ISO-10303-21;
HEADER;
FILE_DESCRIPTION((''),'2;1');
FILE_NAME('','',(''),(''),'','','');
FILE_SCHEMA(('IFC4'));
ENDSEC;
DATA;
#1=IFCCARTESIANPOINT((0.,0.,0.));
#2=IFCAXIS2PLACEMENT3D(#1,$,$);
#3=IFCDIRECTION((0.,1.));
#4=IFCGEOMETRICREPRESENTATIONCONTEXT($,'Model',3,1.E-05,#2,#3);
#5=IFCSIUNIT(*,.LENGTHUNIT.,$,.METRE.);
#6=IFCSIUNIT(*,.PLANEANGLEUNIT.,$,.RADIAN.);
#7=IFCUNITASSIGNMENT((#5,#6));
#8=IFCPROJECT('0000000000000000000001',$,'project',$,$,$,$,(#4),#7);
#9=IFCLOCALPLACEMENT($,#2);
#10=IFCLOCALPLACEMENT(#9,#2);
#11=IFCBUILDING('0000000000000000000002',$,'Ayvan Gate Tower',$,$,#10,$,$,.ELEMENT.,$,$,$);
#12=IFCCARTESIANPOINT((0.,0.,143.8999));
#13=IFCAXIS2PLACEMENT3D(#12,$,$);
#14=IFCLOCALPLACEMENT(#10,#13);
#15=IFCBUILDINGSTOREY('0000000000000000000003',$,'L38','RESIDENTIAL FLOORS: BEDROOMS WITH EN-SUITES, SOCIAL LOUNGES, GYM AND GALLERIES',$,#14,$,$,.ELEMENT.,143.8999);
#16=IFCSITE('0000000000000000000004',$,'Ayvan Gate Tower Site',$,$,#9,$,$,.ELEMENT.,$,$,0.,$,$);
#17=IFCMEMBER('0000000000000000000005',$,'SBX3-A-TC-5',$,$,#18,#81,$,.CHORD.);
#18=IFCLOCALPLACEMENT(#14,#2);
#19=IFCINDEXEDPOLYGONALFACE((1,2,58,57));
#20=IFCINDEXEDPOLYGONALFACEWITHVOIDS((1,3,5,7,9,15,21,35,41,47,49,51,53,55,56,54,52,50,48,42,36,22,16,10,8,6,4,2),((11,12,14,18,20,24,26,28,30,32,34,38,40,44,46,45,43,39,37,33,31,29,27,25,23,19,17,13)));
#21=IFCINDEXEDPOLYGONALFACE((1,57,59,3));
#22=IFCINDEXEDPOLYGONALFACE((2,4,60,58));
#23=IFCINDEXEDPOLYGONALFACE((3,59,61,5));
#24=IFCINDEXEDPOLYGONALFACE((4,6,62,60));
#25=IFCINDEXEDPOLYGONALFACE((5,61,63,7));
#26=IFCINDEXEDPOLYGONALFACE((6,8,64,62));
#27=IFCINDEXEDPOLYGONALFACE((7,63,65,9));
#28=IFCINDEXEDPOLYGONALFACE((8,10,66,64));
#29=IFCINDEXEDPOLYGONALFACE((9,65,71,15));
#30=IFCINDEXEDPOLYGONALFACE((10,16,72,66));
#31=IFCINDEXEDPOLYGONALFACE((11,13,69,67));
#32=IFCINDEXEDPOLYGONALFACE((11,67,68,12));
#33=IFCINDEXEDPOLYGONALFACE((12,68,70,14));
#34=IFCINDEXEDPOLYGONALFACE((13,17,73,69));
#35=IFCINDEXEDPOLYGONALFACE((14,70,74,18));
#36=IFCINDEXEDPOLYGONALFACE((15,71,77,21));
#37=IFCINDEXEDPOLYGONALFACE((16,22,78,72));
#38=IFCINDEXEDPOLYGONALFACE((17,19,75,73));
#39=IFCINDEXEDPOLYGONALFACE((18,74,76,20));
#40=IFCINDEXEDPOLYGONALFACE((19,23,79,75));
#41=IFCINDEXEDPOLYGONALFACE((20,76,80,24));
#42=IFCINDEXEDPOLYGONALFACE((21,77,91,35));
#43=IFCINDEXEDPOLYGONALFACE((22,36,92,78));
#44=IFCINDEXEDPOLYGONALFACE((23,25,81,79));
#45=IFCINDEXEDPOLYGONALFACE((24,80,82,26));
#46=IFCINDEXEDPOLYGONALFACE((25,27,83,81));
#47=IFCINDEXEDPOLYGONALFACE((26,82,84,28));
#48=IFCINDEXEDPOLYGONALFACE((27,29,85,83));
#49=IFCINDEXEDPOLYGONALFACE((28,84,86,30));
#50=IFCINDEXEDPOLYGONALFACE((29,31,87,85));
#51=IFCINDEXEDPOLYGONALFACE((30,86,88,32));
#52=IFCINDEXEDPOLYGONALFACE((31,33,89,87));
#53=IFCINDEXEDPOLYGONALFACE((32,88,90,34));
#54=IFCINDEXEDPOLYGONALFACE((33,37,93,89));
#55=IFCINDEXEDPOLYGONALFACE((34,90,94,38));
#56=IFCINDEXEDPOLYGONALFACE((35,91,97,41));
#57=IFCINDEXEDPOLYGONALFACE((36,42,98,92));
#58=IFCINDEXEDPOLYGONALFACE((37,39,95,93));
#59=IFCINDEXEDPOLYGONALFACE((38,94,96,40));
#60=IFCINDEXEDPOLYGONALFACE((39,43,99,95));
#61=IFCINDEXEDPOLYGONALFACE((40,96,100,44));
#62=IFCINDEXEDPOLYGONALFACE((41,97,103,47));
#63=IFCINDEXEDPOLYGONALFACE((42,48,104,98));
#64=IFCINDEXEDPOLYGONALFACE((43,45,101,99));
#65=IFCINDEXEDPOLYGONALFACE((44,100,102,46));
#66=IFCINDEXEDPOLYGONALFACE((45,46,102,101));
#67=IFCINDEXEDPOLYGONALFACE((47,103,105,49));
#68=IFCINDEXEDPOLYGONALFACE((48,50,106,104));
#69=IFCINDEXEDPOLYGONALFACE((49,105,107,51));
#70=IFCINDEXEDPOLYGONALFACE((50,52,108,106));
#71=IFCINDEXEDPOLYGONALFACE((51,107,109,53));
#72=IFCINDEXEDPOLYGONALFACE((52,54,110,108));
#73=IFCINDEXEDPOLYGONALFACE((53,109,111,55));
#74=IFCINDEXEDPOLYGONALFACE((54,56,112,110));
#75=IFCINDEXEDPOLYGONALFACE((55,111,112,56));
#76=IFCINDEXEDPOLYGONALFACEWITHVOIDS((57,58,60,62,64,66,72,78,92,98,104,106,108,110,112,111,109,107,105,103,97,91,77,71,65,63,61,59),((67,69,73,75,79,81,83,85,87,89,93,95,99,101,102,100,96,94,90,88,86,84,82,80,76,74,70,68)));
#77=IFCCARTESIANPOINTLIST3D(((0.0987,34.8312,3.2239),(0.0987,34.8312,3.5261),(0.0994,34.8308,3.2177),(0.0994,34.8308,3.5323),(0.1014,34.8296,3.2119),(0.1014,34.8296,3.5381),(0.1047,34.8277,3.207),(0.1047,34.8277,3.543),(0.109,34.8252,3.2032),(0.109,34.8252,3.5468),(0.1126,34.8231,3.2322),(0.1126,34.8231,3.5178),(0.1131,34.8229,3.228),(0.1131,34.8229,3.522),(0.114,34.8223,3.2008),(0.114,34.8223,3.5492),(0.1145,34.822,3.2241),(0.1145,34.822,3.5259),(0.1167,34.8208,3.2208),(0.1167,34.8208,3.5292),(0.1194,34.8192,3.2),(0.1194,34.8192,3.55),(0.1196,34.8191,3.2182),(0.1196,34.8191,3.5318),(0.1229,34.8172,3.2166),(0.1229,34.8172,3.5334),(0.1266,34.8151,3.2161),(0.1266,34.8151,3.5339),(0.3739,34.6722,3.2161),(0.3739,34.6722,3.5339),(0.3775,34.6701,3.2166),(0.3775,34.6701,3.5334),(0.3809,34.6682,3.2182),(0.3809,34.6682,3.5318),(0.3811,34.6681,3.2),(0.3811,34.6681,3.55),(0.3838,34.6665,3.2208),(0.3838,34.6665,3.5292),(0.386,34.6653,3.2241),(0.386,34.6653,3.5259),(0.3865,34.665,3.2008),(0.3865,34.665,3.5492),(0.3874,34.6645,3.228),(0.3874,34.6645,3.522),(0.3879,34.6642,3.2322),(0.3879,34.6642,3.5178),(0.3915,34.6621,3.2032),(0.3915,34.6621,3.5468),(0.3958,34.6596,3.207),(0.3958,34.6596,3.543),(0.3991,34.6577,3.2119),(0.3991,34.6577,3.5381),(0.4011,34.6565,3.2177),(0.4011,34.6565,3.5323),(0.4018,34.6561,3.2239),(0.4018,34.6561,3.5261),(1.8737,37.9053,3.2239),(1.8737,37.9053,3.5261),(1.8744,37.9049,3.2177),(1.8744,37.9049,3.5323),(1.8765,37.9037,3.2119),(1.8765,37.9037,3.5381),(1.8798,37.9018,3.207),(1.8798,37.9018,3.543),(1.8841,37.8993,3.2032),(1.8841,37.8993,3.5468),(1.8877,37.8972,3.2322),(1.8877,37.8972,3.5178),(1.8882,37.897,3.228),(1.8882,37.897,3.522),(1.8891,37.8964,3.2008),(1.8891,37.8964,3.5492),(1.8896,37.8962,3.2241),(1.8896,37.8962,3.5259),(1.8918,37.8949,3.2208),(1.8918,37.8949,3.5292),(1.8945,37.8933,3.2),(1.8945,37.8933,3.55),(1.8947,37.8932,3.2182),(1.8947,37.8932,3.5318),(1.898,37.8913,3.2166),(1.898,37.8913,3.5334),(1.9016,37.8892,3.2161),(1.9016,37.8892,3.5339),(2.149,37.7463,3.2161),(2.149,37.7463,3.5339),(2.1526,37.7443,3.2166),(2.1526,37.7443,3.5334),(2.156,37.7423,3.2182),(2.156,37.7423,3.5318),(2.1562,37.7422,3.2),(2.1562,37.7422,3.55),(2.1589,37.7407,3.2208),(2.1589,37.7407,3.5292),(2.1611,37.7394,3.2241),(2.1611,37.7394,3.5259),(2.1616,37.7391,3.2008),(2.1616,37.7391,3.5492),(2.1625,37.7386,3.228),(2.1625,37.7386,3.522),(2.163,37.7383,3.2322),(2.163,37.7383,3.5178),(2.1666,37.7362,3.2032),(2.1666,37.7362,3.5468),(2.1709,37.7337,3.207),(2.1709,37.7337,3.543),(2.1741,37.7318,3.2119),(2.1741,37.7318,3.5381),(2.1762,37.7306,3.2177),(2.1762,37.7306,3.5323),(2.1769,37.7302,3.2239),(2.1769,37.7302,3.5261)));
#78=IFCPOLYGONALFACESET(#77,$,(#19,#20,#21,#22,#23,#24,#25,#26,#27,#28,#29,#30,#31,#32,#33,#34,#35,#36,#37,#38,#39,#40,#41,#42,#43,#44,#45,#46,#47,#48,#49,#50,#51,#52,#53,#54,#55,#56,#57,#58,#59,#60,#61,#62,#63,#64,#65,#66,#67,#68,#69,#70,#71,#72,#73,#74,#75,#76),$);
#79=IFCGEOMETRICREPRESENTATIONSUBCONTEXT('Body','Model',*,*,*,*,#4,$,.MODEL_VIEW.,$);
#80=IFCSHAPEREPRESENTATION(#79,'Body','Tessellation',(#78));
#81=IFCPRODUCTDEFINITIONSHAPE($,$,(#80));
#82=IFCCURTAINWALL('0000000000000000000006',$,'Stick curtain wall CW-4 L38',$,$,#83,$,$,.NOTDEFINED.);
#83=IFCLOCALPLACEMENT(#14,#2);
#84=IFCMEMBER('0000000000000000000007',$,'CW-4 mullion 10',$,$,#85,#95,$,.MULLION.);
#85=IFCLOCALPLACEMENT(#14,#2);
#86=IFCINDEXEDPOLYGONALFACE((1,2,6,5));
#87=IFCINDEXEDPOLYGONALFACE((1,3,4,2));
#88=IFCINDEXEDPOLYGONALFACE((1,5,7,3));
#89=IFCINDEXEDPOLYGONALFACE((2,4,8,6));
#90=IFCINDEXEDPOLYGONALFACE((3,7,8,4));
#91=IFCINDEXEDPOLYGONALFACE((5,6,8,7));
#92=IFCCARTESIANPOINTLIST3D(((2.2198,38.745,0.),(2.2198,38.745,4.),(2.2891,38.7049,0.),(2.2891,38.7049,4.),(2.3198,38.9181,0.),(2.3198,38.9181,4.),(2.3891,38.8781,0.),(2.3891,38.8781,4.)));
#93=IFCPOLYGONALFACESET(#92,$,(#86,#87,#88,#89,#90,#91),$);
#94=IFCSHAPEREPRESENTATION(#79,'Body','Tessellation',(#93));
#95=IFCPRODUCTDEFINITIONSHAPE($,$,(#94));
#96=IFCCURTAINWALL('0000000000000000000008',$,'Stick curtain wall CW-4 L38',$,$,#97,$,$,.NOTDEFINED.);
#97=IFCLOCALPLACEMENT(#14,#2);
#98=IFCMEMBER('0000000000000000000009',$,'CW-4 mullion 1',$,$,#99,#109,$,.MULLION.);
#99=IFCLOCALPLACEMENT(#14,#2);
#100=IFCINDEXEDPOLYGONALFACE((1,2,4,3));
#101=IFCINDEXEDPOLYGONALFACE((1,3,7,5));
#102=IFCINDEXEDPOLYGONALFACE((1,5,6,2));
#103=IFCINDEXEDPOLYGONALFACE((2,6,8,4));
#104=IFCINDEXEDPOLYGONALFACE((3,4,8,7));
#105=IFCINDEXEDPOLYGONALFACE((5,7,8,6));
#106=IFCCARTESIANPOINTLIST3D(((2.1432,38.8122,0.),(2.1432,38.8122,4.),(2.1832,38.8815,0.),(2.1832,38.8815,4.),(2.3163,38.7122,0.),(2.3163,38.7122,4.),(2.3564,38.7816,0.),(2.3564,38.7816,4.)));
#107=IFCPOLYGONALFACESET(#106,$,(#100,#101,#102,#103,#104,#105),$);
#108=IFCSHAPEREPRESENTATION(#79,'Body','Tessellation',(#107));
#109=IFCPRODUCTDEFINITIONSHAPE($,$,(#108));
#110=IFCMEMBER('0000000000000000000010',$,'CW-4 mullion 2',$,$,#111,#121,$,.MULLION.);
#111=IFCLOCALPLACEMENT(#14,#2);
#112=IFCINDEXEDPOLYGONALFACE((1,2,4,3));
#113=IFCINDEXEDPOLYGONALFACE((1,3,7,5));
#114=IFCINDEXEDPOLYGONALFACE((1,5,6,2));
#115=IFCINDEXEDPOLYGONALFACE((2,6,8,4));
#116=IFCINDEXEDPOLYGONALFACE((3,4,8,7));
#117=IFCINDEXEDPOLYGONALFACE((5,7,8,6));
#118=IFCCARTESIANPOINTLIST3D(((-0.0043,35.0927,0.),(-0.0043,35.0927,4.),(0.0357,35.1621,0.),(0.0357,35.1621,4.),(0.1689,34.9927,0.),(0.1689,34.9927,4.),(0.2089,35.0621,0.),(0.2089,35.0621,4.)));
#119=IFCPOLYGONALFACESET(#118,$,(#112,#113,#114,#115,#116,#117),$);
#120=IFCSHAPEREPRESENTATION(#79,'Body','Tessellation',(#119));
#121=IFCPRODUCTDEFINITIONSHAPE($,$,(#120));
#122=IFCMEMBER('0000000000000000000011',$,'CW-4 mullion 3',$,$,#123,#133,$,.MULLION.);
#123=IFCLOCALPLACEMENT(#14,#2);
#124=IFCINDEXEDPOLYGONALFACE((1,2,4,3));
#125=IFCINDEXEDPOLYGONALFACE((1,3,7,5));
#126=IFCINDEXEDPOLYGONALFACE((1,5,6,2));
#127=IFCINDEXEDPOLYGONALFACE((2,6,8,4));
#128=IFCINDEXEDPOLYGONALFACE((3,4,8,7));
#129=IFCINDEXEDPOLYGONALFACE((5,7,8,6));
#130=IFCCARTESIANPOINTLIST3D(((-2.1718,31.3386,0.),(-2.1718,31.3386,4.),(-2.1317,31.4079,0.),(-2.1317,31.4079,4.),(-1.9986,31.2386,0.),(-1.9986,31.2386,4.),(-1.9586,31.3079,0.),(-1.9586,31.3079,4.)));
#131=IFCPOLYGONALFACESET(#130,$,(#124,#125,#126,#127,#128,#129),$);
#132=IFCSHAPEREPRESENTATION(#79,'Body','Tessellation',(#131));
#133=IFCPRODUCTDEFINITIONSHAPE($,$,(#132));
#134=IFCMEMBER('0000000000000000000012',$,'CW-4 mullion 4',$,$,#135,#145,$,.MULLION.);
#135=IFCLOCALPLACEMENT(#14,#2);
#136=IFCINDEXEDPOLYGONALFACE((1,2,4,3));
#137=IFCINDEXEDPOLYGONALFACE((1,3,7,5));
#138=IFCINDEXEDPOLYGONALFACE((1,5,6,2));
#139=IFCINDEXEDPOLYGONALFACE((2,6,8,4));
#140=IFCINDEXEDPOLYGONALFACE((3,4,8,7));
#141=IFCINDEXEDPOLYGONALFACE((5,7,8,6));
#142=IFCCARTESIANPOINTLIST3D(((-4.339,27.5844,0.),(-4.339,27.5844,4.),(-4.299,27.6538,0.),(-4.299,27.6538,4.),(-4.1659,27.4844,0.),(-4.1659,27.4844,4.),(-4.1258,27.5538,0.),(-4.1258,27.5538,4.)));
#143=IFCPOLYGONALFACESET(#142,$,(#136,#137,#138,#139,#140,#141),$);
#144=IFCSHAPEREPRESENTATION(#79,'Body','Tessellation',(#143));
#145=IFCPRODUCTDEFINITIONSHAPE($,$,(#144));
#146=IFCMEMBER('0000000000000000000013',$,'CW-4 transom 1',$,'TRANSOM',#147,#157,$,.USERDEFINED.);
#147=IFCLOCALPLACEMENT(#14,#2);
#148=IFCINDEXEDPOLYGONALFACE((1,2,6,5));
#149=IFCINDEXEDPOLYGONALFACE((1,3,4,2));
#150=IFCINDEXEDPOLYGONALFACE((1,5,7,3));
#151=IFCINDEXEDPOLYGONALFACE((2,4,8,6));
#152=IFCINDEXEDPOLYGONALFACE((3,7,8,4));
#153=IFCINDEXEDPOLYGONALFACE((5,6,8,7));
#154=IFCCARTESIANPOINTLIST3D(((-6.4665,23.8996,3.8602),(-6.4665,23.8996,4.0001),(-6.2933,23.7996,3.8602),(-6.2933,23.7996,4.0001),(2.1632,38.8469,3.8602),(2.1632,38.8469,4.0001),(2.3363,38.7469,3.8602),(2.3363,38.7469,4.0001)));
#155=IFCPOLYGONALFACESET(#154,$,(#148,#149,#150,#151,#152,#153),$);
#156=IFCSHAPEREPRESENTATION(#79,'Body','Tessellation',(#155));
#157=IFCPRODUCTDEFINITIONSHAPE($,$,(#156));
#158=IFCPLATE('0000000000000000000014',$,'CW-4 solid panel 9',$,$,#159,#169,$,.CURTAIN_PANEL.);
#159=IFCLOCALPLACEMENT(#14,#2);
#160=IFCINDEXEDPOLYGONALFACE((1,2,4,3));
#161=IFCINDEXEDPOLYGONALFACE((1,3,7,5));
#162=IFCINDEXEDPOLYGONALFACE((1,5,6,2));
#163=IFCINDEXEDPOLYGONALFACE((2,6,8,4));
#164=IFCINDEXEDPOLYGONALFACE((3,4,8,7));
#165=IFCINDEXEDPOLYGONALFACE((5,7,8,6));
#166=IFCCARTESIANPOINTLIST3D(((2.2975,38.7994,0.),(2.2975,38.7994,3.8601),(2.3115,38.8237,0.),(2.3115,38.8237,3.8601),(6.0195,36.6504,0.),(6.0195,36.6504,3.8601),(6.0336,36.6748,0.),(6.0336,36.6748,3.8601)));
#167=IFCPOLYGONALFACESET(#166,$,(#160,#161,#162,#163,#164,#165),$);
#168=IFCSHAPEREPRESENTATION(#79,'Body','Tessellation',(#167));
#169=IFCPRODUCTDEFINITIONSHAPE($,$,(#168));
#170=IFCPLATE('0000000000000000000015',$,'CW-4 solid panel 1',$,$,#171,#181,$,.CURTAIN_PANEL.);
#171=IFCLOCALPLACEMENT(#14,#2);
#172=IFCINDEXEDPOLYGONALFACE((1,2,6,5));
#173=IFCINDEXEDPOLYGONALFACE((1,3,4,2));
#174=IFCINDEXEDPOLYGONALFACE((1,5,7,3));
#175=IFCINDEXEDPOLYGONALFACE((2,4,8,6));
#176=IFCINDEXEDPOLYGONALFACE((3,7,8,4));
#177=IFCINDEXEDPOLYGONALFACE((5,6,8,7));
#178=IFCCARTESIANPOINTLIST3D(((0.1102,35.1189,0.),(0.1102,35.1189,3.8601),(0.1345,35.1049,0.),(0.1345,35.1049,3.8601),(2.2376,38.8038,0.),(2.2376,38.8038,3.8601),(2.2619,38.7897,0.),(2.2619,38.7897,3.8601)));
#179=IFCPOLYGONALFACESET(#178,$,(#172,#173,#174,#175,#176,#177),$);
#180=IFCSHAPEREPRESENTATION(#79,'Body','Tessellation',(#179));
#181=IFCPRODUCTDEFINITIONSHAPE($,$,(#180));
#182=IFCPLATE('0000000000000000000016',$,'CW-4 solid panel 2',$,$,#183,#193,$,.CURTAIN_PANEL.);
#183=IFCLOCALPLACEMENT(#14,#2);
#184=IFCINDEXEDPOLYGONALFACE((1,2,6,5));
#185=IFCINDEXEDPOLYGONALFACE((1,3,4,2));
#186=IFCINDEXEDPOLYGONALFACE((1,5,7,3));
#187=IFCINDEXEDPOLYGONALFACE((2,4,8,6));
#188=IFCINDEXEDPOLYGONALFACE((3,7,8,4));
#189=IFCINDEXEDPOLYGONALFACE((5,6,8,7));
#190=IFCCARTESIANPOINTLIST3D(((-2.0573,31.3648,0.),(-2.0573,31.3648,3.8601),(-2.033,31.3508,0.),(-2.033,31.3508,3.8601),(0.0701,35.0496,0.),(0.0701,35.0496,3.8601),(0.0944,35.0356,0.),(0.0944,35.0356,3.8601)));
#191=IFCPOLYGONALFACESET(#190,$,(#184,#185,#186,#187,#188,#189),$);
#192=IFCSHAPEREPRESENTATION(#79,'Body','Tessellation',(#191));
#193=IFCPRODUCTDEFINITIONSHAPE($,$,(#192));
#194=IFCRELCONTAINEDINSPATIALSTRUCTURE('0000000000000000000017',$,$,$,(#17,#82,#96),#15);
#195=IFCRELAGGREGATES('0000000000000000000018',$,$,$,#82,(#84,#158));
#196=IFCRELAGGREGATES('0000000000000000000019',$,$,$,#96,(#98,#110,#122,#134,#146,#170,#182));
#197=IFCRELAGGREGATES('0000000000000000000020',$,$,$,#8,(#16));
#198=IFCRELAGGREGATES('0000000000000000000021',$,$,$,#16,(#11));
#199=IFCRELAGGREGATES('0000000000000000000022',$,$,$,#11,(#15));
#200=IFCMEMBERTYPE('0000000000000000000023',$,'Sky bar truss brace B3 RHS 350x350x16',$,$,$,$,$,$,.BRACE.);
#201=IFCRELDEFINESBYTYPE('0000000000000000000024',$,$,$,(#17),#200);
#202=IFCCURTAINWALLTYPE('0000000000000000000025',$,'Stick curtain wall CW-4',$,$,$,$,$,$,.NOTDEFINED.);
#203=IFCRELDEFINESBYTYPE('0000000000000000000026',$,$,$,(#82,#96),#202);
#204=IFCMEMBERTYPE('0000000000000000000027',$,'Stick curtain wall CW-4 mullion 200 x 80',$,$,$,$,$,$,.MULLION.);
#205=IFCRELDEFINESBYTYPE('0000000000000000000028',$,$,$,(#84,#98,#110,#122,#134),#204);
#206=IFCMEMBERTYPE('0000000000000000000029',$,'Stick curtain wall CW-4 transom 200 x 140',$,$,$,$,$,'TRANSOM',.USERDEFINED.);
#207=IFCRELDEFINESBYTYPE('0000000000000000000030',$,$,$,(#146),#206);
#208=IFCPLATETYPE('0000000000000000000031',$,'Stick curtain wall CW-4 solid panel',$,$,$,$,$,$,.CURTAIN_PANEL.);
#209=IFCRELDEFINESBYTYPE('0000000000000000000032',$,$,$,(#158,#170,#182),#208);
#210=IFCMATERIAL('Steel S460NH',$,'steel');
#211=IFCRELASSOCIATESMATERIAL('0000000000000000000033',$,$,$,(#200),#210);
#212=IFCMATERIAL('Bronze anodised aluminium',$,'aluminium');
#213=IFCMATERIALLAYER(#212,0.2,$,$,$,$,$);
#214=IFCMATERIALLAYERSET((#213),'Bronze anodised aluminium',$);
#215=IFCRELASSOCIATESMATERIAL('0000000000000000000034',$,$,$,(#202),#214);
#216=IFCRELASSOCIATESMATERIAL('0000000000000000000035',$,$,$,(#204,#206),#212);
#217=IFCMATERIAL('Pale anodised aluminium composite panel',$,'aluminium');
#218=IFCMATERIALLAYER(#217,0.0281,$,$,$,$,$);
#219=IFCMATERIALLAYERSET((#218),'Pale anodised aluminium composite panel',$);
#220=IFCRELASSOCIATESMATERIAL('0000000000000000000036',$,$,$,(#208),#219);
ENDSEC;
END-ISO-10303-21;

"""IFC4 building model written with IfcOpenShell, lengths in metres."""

from ifc_helpers import new_model, si_unit, direction, frame, origin, origin_2d, place, context, subcontext, project, spatial, rectangle, hollow_rectangle, extrude, material, layer, layer_set, material_profile, profile_set, type_object, element, aggregate, save


model = new_model("IFC4")

# Units and contexts
model_context = context("Model", 3, precision=1e-05, world=origin(), true_north=direction((0.0, 1.0)))
body_context = subcontext(model_context, "Body", "Model", "MODEL_VIEW")
ifc_project = project(units=[si_unit("LENGTHUNIT", "METRE"), si_unit("PLANEANGLEUNIT", "RADIAN")], contexts=[model_context])

# Site, building, storey
site_placement = place(None, origin())
site = spatial("IfcSite", under=ifc_project, at=site_placement, Name="Ayvan Gate Tower Site", CompositionType="ELEMENT", RefElevation=0.0)
building_placement = place(site_placement, origin())
building = spatial("IfcBuilding", under=site, at=building_placement, Name="Ayvan Gate Tower", CompositionType="ELEMENT")
storey_placement = place(building_placement, frame((0.0, 0.0, 143.8999)))
storey = spatial("IfcBuildingStorey", under=building, at=storey_placement, Name="L38", Description="RESIDENTIAL FLOORS: BEDROOMS WITH EN-SUITES, SOCIAL LOUNGES, GYM AND GALLERIES", CompositionType="ELEMENT", Elevation=143.8999)

# Member
ifc_material_1 = material(Name="Steel S460NH", Category="steel")
ifc_material_profile_1 = material_profile(ifc_material_1, hollow_rectangle(XDim=0.3501, YDim=0.3501, WallThickness=0.0161, InnerFilletRadius=0.0161, OuterFilletRadius=0.0239, at=origin_2d()), Name="RHS 350x350x16")
ifc_profile_set_1 = profile_set([ifc_material_profile_1], Name="Steel S460NH")
member_type_1 = type_object("IfcMemberType", Name="Sky bar truss brace B3 RHS 350x350x16", PredefinedType="BRACE", material=ifc_profile_set_1)
member_1_placement = place(storey_placement, frame((0.2502, 34.7437, 3.375), z_axis=(0.500052, 0.865995, 0.0), x_axis=(-0.865995, 0.500052, 0.0)))
element("IfcMember", 1, at=member_1_placement, inside=storey, type_object=member_type_1, Name="SBX3-A-TC-5", PredefinedType="CHORD", context=body_context, shape_type="SweptSolid", body=[
    extrude(hollow_rectangle(XDim=0.3501, YDim=0.3501, WallThickness=0.0161, InnerFilletRadius=0.0161, OuterFilletRadius=0.0239, at=origin_2d()), origin(), (0.0, 0.0, 1.0), 3.5498),
])

# Curtain wall, member
ifc_material_2 = material(Name="Bronze anodised aluminium", Category="aluminium")
ifc_layer_1 = layer(ifc_material_2, 0.2)
ifc_layer_set_1 = layer_set([ifc_layer_1], Name="Bronze anodised aluminium")
curtain_wall_type = type_object("IfcCurtainWallType", Name="Stick curtain wall CW-4", PredefinedType="NOTDEFINED", material=ifc_layer_set_1)
curtain_wall_1_placement = place(storey_placement, origin())
curtain_wall_1 = element("IfcCurtainWall", 2, at=curtain_wall_1_placement, inside=storey, type_object=curtain_wall_type, Name="Stick curtain wall CW-4 L38", PredefinedType="NOTDEFINED")
ifc_material_profile_2 = material_profile(ifc_material_2, rectangle(XDim=0.2, YDim=0.0801, at=origin_2d()), Name="Stick curtain wall CW-4 mullion 200 x 80")
ifc_profile_set_2 = profile_set([ifc_material_profile_2], Name="Bronze anodised aluminium")
member_type_2 = type_object("IfcMemberType", Name="Stick curtain wall CW-4 mullion 200 x 80", PredefinedType="MULLION", material=ifc_profile_set_2)
member_2_placement = place(storey_placement, frame((2.3044, 38.8115, 0.0), z_axis=(0.0, 0.0, 1.0), x_axis=(0.5, 0.866025, 0.0)))
member_2 = element("IfcMember", 3, at=member_2_placement, type_object=member_type_2, Name="CW-4 mullion 10", PredefinedType="MULLION", context=body_context, shape_type="SweptSolid", body=[
    extrude(rectangle(XDim=0.2, YDim=0.0801, at=origin_2d()), origin(), (0.0, 0.0, 1.0), 4.0),
])

# Curtain wall, members
curtain_wall_2_placement = place(storey_placement, origin())
curtain_wall_2 = element("IfcCurtainWall", 4, at=curtain_wall_2_placement, inside=storey, type_object=curtain_wall_type, Name="Stick curtain wall CW-4 L38", PredefinedType="NOTDEFINED")
member_3_placement = place(storey_placement, frame((2.2498, 38.7969, 0.0), z_axis=(0.0, 0.0, 1.0), x_axis=(-0.866025, 0.5, 0.0)))
member_3 = element("IfcMember", 5, at=member_3_placement, type_object=member_type_2, Name="CW-4 mullion 1", PredefinedType="MULLION", context=body_context, shape_type="SweptSolid", body=[
    extrude(rectangle(XDim=0.2, YDim=0.0801, at=origin_2d()), origin(), (0.0, 0.0, 1.0), 4.0),
])
member_4_placement = place(storey_placement, frame((0.1023, 35.0774, 0.0), z_axis=(0.0, 0.0, 1.0), x_axis=(-0.866025, 0.5, 0.0)))
member_4 = element("IfcMember", 6, at=member_4_placement, type_object=member_type_2, Name="CW-4 mullion 2", PredefinedType="MULLION", context=body_context, shape_type="SweptSolid", body=[
    extrude(rectangle(XDim=0.2, YDim=0.0801, at=origin_2d()), origin(), (0.0, 0.0, 1.0), 4.0),
])
member_5_placement = place(storey_placement, frame((-2.0652, 31.3232, 0.0), z_axis=(0.0, 0.0, 1.0), x_axis=(-0.866025, 0.5, 0.0)))
member_5 = element("IfcMember", 7, at=member_5_placement, type_object=member_type_2, Name="CW-4 mullion 3", PredefinedType="MULLION", context=body_context, shape_type="SweptSolid", body=[
    extrude(rectangle(XDim=0.2, YDim=0.0801, at=origin_2d()), origin(), (0.0, 0.0, 1.0), 4.0),
])
member_6_placement = place(storey_placement, frame((-4.2324, 27.5691, 0.0), z_axis=(0.0, 0.0, 1.0), x_axis=(-0.866025, 0.5, 0.0)))
member_6 = element("IfcMember", 8, at=member_6_placement, type_object=member_type_2, Name="CW-4 mullion 4", PredefinedType="MULLION", context=body_context, shape_type="SweptSolid", body=[
    extrude(rectangle(XDim=0.2, YDim=0.0801, at=origin_2d()), origin(), (0.0, 0.0, 1.0), 4.0),
])
ifc_material_profile_3 = material_profile(ifc_material_2, rectangle(XDim=0.2, YDim=0.1399, at=origin_2d()), Name="Stick curtain wall CW-4 transom 200 x 140")
ifc_profile_set_3 = profile_set([ifc_material_profile_3], Name="Bronze anodised aluminium")
member_type_3 = type_object("IfcMemberType", Name="Stick curtain wall CW-4 transom 200 x 140", ElementType="TRANSOM", PredefinedType="USERDEFINED", material=ifc_profile_set_3)
member_7_placement = place(storey_placement, frame((2.2498, 38.7969, 3.9302), z_axis=(-0.499993, -0.86603, 0.0), x_axis=(0.86603, -0.499993, 0.0)))
member_7 = element("IfcMember", 9, at=member_7_placement, type_object=member_type_3, Name="CW-4 transom 1", ObjectType="TRANSOM", PredefinedType="USERDEFINED", context=body_context, shape_type="SweptSolid", body=[
    extrude(rectangle(XDim=0.2, YDim=0.1399, at=origin_2d()), origin(), (0.0, 0.0, 1.0), 17.2595),
])

# Plates
ifc_material_3 = material(Name="Pale anodised aluminium composite panel", Category="aluminium")
ifc_layer_2 = layer(ifc_material_3, 0.0281)
ifc_layer_set_2 = layer_set([ifc_layer_2], Name="Pale anodised aluminium composite panel")
plate_type = type_object("IfcPlateType", Name="Stick curtain wall CW-4 solid panel", PredefinedType="CURTAIN_PANEL", material=ifc_layer_set_2)
plate_1_placement = place(storey_placement, frame((4.1655, 37.7371, 0.0), z_axis=(0.0, 0.0, 1.0), x_axis=(-0.866025, 0.5, 0.0)))
plate_1 = element("IfcPlate", 10, at=plate_1_placement, type_object=plate_type, Name="CW-4 solid panel 9", PredefinedType="CURTAIN_PANEL", context=body_context, shape_type="SweptSolid", body=[
    extrude(rectangle(XDim=4.2979, YDim=0.0281, at=origin_2d()), origin(), (0.0, 0.0, 1.0), 3.8601),
])
aggregate(curtain_wall_1, [member_2, plate_1])
plate_2_placement = place(storey_placement, frame((1.186, 36.9543, 0.0), z_axis=(0.0, 0.0, 1.0), x_axis=(-0.5, -0.866025, 0.0)))
plate_2 = element("IfcPlate", 11, at=plate_2_placement, type_object=plate_type, Name="CW-4 solid panel 1", PredefinedType="CURTAIN_PANEL", context=body_context, shape_type="SweptSolid", body=[
    extrude(rectangle(XDim=4.2549, YDim=0.0281, at=origin_2d()), origin(), (0.0, 0.0, 1.0), 3.8601),
])
plate_3_placement = place(storey_placement, frame((-0.9814, 33.2002, 0.0), z_axis=(0.0, 0.0, 1.0), x_axis=(-0.5, -0.866025, 0.0)))
plate_3 = element("IfcPlate", 12, at=plate_3_placement, type_object=plate_type, Name="CW-4 solid panel 2", PredefinedType="CURTAIN_PANEL", context=body_context, shape_type="SweptSolid", body=[
    extrude(rectangle(XDim=4.2549, YDim=0.0281, at=origin_2d()), origin(), (0.0, 0.0, 1.0), 3.8601),
])
aggregate(curtain_wall_2, [member_3, member_4, member_5, member_6, member_7, plate_2, plate_3])

save(model, "model.ifc")
